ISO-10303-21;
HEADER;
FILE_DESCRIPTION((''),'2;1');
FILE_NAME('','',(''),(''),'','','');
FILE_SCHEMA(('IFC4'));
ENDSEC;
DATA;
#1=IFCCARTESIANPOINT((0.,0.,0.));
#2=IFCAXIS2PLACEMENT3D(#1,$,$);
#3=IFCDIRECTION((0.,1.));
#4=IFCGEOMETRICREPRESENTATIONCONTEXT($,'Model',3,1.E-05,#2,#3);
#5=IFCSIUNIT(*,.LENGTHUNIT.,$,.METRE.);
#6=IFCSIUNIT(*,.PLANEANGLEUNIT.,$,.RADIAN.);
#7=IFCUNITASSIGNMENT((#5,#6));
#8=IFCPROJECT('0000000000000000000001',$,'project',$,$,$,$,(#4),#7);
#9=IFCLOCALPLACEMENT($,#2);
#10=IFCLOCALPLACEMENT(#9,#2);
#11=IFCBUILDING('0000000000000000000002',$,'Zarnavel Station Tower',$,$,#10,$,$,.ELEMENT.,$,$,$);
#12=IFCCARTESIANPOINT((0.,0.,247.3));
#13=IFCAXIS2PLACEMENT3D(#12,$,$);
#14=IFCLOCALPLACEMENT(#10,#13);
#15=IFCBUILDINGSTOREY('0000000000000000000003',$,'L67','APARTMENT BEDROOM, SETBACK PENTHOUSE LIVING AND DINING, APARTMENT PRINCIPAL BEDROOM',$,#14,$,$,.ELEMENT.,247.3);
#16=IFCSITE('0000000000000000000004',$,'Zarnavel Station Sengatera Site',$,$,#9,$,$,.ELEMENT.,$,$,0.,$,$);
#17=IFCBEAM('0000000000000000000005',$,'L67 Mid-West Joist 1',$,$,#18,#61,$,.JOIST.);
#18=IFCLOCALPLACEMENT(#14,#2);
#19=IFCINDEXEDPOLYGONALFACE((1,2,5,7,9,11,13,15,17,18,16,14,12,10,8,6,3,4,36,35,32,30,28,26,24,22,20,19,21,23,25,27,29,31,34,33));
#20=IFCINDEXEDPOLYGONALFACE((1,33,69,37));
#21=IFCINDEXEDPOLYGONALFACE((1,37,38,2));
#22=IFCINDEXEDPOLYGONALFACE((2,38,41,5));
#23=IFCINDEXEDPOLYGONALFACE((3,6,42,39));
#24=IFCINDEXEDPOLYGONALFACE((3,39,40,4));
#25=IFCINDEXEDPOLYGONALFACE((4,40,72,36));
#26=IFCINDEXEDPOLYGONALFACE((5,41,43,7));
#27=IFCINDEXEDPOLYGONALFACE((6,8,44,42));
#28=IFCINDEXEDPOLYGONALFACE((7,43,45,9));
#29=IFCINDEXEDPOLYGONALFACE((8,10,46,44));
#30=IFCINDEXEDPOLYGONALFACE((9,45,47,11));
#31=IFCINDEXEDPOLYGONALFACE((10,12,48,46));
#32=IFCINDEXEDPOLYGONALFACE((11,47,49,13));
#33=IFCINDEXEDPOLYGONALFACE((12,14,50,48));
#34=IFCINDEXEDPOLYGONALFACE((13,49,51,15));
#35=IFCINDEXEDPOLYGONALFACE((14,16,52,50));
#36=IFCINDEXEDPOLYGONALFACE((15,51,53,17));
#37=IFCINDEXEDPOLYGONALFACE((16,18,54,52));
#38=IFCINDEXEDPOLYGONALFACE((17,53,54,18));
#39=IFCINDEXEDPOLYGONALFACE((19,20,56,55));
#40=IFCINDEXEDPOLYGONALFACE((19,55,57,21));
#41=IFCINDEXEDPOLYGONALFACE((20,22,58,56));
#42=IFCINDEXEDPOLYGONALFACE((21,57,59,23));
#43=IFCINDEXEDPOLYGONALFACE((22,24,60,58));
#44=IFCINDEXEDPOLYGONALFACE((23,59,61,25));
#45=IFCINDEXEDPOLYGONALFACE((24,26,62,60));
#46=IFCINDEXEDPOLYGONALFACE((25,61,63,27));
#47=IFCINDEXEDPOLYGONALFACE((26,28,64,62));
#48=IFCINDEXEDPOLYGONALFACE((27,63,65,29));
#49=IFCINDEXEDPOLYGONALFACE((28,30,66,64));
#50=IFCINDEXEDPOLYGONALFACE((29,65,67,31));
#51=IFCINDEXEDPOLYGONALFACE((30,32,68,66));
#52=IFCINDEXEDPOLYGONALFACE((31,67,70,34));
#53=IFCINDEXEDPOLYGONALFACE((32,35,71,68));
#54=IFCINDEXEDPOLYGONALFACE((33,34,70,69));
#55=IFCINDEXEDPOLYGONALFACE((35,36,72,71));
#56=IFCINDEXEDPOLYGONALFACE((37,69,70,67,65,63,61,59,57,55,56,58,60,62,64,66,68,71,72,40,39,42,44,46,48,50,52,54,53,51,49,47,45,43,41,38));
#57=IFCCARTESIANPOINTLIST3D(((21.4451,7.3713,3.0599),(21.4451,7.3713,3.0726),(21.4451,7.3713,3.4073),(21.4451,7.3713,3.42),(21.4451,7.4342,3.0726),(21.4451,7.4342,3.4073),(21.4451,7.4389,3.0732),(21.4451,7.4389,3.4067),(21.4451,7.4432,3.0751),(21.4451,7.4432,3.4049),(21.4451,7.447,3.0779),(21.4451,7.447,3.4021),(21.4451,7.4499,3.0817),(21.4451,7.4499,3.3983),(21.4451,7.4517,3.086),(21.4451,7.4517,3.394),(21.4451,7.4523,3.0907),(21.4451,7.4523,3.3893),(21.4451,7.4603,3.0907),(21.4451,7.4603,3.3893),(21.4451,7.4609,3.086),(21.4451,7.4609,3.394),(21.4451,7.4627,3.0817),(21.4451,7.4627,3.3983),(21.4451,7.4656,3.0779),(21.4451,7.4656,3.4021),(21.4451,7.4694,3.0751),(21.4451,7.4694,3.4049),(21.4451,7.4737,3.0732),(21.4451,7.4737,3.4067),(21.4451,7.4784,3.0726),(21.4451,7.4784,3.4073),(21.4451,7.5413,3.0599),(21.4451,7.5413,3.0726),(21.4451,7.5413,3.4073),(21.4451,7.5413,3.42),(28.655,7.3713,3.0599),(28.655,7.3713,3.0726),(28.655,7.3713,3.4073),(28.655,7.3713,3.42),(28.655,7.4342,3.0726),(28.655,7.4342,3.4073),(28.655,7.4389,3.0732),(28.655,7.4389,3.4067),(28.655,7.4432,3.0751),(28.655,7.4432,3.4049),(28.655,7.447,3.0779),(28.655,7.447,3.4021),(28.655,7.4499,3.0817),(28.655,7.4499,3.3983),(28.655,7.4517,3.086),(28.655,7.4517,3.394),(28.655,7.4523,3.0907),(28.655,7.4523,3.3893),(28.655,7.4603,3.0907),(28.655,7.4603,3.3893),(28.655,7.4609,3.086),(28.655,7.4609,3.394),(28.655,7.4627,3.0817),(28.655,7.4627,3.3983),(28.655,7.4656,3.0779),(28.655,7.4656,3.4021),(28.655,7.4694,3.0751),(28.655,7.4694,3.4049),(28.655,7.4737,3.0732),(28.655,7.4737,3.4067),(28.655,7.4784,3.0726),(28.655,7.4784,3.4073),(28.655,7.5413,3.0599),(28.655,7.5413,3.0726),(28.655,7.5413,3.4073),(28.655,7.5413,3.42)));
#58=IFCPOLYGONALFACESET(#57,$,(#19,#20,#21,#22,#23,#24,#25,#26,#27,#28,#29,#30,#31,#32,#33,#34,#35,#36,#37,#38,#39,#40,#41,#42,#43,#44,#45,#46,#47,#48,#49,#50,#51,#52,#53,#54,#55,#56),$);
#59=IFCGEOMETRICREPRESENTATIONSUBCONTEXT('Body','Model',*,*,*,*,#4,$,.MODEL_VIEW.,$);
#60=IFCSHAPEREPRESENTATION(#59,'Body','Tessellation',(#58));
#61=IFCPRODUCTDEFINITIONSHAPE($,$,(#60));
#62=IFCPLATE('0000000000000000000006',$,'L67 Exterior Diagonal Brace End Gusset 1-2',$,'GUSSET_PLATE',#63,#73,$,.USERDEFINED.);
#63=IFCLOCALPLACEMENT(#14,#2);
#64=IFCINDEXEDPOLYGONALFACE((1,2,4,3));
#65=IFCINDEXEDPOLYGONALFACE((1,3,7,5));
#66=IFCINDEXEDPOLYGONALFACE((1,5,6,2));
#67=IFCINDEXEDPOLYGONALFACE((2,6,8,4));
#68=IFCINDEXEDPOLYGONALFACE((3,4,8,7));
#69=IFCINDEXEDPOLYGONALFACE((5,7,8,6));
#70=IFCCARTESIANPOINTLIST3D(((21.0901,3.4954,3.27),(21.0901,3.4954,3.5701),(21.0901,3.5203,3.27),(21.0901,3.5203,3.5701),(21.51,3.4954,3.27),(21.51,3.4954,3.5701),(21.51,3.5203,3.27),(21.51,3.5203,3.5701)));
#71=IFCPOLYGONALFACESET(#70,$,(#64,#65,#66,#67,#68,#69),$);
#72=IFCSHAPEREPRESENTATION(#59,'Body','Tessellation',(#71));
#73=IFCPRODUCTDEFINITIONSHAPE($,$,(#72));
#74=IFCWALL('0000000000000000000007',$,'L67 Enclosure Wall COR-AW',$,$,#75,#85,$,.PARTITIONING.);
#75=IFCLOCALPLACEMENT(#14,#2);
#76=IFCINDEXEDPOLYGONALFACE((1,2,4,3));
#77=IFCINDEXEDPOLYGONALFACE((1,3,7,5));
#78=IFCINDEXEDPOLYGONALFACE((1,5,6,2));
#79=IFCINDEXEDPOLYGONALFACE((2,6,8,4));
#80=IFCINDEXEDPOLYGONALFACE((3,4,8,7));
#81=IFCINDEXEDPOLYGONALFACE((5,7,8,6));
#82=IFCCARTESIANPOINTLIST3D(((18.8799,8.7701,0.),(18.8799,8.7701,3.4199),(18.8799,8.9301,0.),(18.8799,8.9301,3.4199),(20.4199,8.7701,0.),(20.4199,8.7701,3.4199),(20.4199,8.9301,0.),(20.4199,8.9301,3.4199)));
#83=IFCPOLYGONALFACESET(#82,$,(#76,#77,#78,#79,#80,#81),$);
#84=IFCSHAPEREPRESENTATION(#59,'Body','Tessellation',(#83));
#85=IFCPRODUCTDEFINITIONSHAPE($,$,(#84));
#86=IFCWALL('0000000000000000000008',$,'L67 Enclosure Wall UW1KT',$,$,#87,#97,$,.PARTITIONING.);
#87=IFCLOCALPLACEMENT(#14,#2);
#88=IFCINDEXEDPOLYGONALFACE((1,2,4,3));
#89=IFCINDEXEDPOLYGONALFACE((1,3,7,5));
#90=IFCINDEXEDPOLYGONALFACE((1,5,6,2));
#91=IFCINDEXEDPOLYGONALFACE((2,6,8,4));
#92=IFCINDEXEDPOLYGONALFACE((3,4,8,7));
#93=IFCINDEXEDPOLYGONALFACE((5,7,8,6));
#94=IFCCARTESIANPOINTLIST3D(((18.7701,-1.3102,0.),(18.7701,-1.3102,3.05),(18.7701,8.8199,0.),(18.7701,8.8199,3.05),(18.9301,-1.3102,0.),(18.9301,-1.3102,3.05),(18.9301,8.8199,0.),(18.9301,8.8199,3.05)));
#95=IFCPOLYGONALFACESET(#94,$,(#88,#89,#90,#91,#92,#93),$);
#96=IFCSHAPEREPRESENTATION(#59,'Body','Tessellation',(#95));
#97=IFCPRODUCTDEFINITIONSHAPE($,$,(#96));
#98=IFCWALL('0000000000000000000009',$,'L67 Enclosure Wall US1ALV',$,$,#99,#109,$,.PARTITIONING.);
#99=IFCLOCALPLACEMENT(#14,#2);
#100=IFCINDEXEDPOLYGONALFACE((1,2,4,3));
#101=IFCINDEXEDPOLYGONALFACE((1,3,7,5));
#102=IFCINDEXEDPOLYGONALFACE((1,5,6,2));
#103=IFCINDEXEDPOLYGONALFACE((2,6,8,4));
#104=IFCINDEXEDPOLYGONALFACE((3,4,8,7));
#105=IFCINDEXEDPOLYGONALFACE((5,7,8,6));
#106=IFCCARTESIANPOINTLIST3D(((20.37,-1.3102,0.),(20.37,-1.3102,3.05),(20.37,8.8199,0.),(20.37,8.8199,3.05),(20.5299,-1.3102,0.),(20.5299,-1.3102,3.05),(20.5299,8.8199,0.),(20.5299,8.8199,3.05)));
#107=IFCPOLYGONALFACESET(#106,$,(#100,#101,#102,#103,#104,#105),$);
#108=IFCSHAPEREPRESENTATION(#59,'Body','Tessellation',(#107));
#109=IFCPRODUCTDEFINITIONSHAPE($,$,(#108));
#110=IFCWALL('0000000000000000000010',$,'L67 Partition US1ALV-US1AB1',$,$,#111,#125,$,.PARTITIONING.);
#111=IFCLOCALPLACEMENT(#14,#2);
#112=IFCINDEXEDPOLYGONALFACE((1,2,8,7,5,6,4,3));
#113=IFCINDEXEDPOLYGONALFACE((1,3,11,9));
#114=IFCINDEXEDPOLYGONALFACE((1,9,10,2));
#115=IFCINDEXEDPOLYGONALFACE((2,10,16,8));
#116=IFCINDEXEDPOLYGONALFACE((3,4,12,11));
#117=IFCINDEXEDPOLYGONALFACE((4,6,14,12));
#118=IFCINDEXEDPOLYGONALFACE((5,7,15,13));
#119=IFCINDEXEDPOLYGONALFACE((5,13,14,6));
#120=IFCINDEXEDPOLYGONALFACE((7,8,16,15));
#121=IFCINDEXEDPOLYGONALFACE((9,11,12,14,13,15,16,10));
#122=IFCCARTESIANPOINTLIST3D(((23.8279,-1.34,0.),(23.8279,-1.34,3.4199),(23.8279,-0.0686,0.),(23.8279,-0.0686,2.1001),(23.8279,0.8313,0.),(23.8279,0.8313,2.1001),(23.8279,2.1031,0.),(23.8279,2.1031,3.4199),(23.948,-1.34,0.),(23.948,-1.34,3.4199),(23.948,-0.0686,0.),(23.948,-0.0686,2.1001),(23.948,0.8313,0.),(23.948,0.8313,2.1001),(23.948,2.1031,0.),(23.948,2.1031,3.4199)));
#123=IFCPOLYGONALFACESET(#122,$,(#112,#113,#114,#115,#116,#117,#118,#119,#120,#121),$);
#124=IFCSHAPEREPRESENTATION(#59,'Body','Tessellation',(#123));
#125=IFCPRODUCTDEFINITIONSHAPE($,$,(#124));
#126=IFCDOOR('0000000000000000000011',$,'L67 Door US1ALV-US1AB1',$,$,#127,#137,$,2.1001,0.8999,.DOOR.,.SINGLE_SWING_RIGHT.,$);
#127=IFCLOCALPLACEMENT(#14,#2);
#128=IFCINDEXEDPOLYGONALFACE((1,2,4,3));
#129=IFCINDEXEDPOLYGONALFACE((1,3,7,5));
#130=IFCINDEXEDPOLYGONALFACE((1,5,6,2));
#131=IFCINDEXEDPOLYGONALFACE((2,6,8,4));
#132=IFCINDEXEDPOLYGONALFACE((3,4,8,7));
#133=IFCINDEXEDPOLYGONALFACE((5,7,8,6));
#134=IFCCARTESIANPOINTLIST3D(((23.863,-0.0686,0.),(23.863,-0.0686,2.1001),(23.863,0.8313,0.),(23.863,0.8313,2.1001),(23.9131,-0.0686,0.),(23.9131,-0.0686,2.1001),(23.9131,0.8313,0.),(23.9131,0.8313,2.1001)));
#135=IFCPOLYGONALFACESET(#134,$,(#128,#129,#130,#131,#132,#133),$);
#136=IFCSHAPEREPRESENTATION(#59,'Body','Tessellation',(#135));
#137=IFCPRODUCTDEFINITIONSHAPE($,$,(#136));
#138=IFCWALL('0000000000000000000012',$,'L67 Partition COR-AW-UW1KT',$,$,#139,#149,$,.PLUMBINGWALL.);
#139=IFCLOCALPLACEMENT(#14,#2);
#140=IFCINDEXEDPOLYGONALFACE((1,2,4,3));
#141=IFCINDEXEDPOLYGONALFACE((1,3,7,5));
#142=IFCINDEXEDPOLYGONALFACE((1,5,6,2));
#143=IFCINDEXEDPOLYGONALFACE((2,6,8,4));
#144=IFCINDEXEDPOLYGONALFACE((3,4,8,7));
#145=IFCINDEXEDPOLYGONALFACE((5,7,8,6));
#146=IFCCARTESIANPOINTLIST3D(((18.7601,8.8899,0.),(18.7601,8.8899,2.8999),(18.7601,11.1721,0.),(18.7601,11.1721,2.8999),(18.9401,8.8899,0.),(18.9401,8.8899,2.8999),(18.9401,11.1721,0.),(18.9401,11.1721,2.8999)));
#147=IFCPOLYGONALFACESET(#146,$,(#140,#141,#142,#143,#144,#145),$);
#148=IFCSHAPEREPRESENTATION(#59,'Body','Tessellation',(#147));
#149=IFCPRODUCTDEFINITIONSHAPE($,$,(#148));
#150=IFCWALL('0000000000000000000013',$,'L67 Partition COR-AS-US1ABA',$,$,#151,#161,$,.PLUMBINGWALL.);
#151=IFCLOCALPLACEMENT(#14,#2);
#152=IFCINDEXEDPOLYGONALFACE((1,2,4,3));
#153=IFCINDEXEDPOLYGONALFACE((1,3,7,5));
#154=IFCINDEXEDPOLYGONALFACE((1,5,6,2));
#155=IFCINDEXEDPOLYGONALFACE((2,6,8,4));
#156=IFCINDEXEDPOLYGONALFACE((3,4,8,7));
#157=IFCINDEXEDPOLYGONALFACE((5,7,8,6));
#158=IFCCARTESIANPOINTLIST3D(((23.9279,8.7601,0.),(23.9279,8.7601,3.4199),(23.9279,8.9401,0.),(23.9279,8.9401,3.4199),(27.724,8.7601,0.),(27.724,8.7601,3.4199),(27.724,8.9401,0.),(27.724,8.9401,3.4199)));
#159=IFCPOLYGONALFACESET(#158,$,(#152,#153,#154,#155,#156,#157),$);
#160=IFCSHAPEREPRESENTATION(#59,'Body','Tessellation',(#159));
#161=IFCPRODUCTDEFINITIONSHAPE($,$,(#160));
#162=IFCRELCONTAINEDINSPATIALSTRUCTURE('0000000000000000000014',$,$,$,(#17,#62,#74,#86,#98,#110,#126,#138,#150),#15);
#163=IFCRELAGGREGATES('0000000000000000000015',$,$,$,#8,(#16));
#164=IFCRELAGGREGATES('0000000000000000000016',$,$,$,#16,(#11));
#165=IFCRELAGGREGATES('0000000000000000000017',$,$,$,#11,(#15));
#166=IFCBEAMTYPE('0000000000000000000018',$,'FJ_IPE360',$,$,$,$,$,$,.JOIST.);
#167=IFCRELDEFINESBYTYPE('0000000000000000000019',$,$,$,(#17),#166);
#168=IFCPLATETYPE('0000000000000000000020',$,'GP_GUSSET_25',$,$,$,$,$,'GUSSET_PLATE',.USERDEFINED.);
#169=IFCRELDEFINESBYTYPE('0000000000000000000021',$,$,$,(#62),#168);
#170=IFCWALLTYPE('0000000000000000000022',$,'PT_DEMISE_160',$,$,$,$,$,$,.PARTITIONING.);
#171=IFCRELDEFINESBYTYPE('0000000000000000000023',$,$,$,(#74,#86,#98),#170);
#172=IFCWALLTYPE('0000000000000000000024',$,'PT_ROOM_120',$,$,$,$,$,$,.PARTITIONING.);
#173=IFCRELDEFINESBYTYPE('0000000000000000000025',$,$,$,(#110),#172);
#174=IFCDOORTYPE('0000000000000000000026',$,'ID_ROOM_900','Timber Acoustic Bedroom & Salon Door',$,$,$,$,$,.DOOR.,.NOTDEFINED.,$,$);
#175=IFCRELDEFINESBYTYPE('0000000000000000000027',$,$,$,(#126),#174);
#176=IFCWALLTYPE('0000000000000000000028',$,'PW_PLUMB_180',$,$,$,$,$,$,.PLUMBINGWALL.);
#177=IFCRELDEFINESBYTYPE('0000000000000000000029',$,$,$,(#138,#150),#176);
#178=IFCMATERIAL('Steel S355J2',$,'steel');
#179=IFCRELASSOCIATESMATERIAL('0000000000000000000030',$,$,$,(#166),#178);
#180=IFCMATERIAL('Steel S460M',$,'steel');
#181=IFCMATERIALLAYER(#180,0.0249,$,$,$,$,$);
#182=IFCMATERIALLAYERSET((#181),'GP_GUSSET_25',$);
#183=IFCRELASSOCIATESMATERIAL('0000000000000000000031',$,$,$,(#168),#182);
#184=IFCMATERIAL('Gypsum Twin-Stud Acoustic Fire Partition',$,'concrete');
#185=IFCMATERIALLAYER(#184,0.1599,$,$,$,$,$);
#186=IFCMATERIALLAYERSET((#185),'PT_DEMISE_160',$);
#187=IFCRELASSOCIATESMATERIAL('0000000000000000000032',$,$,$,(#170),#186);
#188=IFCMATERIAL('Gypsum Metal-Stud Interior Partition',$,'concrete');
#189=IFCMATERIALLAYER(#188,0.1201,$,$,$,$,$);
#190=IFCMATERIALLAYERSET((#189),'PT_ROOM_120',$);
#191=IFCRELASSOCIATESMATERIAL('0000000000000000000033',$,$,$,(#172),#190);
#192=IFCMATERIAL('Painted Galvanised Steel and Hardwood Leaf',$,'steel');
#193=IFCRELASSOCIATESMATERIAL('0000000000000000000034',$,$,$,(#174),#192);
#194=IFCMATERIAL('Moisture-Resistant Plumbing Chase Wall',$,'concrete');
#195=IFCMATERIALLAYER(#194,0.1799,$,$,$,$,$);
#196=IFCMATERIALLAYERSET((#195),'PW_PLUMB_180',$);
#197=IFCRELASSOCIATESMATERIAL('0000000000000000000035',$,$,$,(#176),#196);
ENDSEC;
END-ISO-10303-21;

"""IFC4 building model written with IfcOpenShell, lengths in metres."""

from ifc_helpers import new_model, si_unit, direction, frame, frame_2d, origin, origin_2d, place, context, subcontext, project, spatial, rectangle, i_section, extrude, material, layer, layer_set, material_profile, profile_set, type_object, element, fill, save


model = new_model("IFC4")

# Units and contexts
model_context = context("Model", 3, precision=1e-05, world=origin(), true_north=direction((0.0, 1.0)))
body_context = subcontext(model_context, "Body", "Model", "MODEL_VIEW")
ifc_project = project(units=[si_unit("LENGTHUNIT", "METRE"), si_unit("PLANEANGLEUNIT", "RADIAN")], contexts=[model_context])

# Site, building, storey
site_placement = place(None, origin())
site = spatial("IfcSite", under=ifc_project, at=site_placement, Name="Zarnavel Station Sengatera Site", CompositionType="ELEMENT", RefElevation=0.0)
building_placement = place(site_placement, origin())
building = spatial("IfcBuilding", under=site, at=building_placement, Name="Zarnavel Station Tower", CompositionType="ELEMENT")
storey_placement = place(building_placement, frame((0.0, 0.0, 247.3)))
storey = spatial("IfcBuildingStorey", under=building, at=storey_placement, Name="L67", Description="APARTMENT BEDROOM, SETBACK PENTHOUSE LIVING AND DINING, APARTMENT PRINCIPAL BEDROOM", CompositionType="ELEMENT", Elevation=247.3)

# Beam
ifc_material_1 = material(Name="Steel S355J2", Category="steel")
ifc_material_profile_1 = material_profile(ifc_material_1, i_section(OverallWidth=0.1699, OverallDepth=0.3601, WebThickness=0.0081, FlangeThickness=0.0127, FilletRadius=0.0181, at=origin_2d()), Name="IPE360")
ifc_profile_set_1 = profile_set([ifc_material_profile_1], Name="Steel S355J2")
beam_type_1 = type_object("IfcBeamType", Name="FJ_IPE360", PredefinedType="JOIST", material=ifc_profile_set_1)
beam_1_placement = place(storey_placement, frame((21.4451, 7.4563, 3.24), z_axis=(1.0, 0.0, 0.0), x_axis=(0.0, 1.0, 0.0)))
element("IfcBeam", 1, at=beam_1_placement, inside=storey, type_object=beam_type_1, Name="L67 Mid-West Joist 1", PredefinedType="JOIST", context=body_context, shape_type="SweptSolid", body=[
    extrude(i_section(OverallWidth=0.1699, OverallDepth=0.3601, WebThickness=0.0081, FlangeThickness=0.0127, FilletRadius=0.0181, at=origin_2d()), origin(), (0.0, 0.0, 1.0), 7.21),
])

# Plate
ifc_material_2 = material(Name="Steel S460M", Category="steel")
ifc_layer_1 = layer(ifc_material_2, 0.0249)
ifc_layer_set_1 = layer_set([ifc_layer_1], Name="GP_GUSSET_25")
plate_type = type_object("IfcPlateType", Name="GP_GUSSET_25", ElementType="GUSSET_PLATE", PredefinedType="USERDEFINED", material=ifc_layer_set_1)
plate_placement = place(storey_placement, frame((21.3, 3.5078, 3.27), z_axis=(0.0, 0.0, 1.0), x_axis=(1.0, 0.0, 0.0)))
element("IfcPlate", 2, at=plate_placement, inside=storey, type_object=plate_type, Name="L67 Exterior Diagonal Brace End Gusset 1-2", ObjectType="GUSSET_PLATE", PredefinedType="USERDEFINED", context=body_context, shape_type="SweptSolid", body=[
    extrude(rectangle(XDim=0.4199, YDim=0.0249, at=origin_2d()), origin(), (0.0, 0.0, 1.0), 0.3),
])

# Shared definitions
ifc_material_3 = material(Name="Gypsum Twin-Stud Acoustic Fire Partition", Category="concrete")
ifc_layer_2 = layer(ifc_material_3, 0.1599)
ifc_layer_set_2 = layer_set([ifc_layer_2], Name="PT_DEMISE_160")
wall_type_1 = type_object("IfcWallType", Name="PT_DEMISE_160", PredefinedType="PARTITIONING", material=ifc_layer_set_2)

# Walls
wall_1_placement = place(storey_placement, frame((18.8799, 8.8501, 0.0), z_axis=(0.0, 0.0, 1.0), x_axis=(1.0, 0.0, 0.0)))
element("IfcWall", 3, at=wall_1_placement, inside=storey, type_object=wall_type_1, Name="L67 Enclosure Wall COR-AW", PredefinedType="PARTITIONING", context=body_context, shape_type="SweptSolid", body=[
    extrude(rectangle(XDim=1.54, YDim=0.1599, at=frame_2d((0.77, 0.0))), origin(), (0.0, 0.0, 1.0), 3.4199),
])
for number, where, z_axis, x_axis, name in (
    (4, (18.8501, -1.3101, 0.0), (0.0, 0.0, 1.0), (0.0, 1.0, 0.0), "L67 Enclosure Wall UW1KT"),
    (5, (20.45, -1.3101, 0.0), (0.0, 0.0, 1.0), (0.0, 1.0, 0.0), "L67 Enclosure Wall US1ALV"),
):
    element("IfcWall", number, at=place(storey_placement, frame(where, z_axis=z_axis, x_axis=x_axis)), inside=storey, type_object=wall_type_1, Name=name, PredefinedType="PARTITIONING", context=body_context, shape_type="SweptSolid", body=[
        extrude(rectangle(XDim=10.1301, YDim=0.1599, at=frame_2d((5.0649, 0.0))), origin(), (0.0, 0.0, 1.0), 3.05),
    ])

# Wall, opening, door
ifc_material_4 = material(Name="Gypsum Metal-Stud Interior Partition", Category="concrete")
ifc_layer_3 = layer(ifc_material_4, 0.1201)
ifc_layer_set_3 = layer_set([ifc_layer_3], Name="PT_ROOM_120")
wall_type_2 = type_object("IfcWallType", Name="PT_ROOM_120", PredefinedType="PARTITIONING", material=ifc_layer_set_3)
wall_2_placement = place(storey_placement, frame((23.8879, -1.3401, 0.0), z_axis=(0.0, 0.0, 1.0), x_axis=(0.0, 1.0, 0.0)))
wall_2 = element("IfcWall", 6, at=wall_2_placement, inside=storey, type_object=wall_type_2, Name="L67 Partition US1ALV-US1AB1", PredefinedType="PARTITIONING", context=body_context, shape_type="SweptSolid", body=[
    extrude(rectangle(XDim=3.4431, YDim=0.1201, at=frame_2d((1.7217, 0.0))), origin(), (0.0, 0.0, 1.0), 3.4199),
])
opening_1_placement = place(wall_2_placement, frame((1.2715, 0.0, 0.0)))
opening_1 = element("IfcOpeningElement", 7, at=opening_1_placement, cuts=wall_2, PredefinedType="OPENING", context=body_context, shape_type="SweptSolid", body=[
    extrude(rectangle(XDim=0.8999, YDim=2.1001, at=frame_2d((0.45, 1.05))), frame((0.0, 0.0701, 0.0), z_axis=(0.0, -1.0, 0.0), x_axis=(1.0, 0.0, 0.0)), (0.0, 0.0, 1.0), 0.1401),
])
ifc_material_5 = material(Name="Painted Galvanised Steel and Hardwood Leaf", Category="steel")
door_type_1 = type_object("IfcDoorType", Name="ID_ROOM_900", Description="Timber Acoustic Bedroom & Salon Door", OperationType="NOTDEFINED", PredefinedType="DOOR", material=ifc_material_5)
door_1_placement = place(opening_1_placement, origin())
door_1 = element("IfcDoor", 8, at=door_1_placement, inside=storey, type_object=door_type_1, Name="L67 Door US1ALV-US1AB1", OperationType="SINGLE_SWING_RIGHT", OverallHeight=2.1001, OverallWidth=0.8999, PredefinedType="DOOR", context=body_context, shape_type="SweptSolid", body=[
    extrude(rectangle(XDim=0.8999, YDim=2.1001, at=frame_2d((0.45, 1.05))), frame((0.0, 0.0249, 0.0), z_axis=(0.0, -1.0, 0.0), x_axis=(1.0, 0.0, 0.0)), (0.0, 0.0, 1.0), 0.05),
])
fill(opening_1, door_1)

# Walls
ifc_material_6 = material(Name="Moisture-Resistant Plumbing Chase Wall", Category="concrete")
ifc_layer_4 = layer(ifc_material_6, 0.1799)
ifc_layer_set_4 = layer_set([ifc_layer_4], Name="PW_PLUMB_180")
wall_type_3 = type_object("IfcWallType", Name="PW_PLUMB_180", PredefinedType="PLUMBINGWALL", material=ifc_layer_set_4)
wall_3_placement = place(storey_placement, frame((18.8501, 8.8899, 0.0), z_axis=(0.0, 0.0, 1.0), x_axis=(0.0, 1.0, 0.0)))
element("IfcWall", 9, at=wall_3_placement, inside=storey, type_object=wall_type_3, Name="L67 Partition COR-AW-UW1KT", PredefinedType="PLUMBINGWALL", context=body_context, shape_type="SweptSolid", body=[
    extrude(rectangle(XDim=2.2822, YDim=0.1799, at=frame_2d((1.1411, 0.0))), origin(), (0.0, 0.0, 1.0), 2.8999),
])
wall_4_placement = place(storey_placement, frame((23.928, 8.8501, 0.0), z_axis=(0.0, 0.0, 1.0), x_axis=(1.0, 0.0, 0.0)))
element("IfcWall", 10, at=wall_4_placement, inside=storey, type_object=wall_type_3, Name="L67 Partition COR-AS-US1ABA", PredefinedType="PLUMBINGWALL", context=body_context, shape_type="SweptSolid", body=[
    extrude(rectangle(XDim=3.7961, YDim=0.1799, at=frame_2d((1.8979, 0.0))), origin(), (0.0, 0.0, 1.0), 3.4199),
])

save(model, "model.ifc")
